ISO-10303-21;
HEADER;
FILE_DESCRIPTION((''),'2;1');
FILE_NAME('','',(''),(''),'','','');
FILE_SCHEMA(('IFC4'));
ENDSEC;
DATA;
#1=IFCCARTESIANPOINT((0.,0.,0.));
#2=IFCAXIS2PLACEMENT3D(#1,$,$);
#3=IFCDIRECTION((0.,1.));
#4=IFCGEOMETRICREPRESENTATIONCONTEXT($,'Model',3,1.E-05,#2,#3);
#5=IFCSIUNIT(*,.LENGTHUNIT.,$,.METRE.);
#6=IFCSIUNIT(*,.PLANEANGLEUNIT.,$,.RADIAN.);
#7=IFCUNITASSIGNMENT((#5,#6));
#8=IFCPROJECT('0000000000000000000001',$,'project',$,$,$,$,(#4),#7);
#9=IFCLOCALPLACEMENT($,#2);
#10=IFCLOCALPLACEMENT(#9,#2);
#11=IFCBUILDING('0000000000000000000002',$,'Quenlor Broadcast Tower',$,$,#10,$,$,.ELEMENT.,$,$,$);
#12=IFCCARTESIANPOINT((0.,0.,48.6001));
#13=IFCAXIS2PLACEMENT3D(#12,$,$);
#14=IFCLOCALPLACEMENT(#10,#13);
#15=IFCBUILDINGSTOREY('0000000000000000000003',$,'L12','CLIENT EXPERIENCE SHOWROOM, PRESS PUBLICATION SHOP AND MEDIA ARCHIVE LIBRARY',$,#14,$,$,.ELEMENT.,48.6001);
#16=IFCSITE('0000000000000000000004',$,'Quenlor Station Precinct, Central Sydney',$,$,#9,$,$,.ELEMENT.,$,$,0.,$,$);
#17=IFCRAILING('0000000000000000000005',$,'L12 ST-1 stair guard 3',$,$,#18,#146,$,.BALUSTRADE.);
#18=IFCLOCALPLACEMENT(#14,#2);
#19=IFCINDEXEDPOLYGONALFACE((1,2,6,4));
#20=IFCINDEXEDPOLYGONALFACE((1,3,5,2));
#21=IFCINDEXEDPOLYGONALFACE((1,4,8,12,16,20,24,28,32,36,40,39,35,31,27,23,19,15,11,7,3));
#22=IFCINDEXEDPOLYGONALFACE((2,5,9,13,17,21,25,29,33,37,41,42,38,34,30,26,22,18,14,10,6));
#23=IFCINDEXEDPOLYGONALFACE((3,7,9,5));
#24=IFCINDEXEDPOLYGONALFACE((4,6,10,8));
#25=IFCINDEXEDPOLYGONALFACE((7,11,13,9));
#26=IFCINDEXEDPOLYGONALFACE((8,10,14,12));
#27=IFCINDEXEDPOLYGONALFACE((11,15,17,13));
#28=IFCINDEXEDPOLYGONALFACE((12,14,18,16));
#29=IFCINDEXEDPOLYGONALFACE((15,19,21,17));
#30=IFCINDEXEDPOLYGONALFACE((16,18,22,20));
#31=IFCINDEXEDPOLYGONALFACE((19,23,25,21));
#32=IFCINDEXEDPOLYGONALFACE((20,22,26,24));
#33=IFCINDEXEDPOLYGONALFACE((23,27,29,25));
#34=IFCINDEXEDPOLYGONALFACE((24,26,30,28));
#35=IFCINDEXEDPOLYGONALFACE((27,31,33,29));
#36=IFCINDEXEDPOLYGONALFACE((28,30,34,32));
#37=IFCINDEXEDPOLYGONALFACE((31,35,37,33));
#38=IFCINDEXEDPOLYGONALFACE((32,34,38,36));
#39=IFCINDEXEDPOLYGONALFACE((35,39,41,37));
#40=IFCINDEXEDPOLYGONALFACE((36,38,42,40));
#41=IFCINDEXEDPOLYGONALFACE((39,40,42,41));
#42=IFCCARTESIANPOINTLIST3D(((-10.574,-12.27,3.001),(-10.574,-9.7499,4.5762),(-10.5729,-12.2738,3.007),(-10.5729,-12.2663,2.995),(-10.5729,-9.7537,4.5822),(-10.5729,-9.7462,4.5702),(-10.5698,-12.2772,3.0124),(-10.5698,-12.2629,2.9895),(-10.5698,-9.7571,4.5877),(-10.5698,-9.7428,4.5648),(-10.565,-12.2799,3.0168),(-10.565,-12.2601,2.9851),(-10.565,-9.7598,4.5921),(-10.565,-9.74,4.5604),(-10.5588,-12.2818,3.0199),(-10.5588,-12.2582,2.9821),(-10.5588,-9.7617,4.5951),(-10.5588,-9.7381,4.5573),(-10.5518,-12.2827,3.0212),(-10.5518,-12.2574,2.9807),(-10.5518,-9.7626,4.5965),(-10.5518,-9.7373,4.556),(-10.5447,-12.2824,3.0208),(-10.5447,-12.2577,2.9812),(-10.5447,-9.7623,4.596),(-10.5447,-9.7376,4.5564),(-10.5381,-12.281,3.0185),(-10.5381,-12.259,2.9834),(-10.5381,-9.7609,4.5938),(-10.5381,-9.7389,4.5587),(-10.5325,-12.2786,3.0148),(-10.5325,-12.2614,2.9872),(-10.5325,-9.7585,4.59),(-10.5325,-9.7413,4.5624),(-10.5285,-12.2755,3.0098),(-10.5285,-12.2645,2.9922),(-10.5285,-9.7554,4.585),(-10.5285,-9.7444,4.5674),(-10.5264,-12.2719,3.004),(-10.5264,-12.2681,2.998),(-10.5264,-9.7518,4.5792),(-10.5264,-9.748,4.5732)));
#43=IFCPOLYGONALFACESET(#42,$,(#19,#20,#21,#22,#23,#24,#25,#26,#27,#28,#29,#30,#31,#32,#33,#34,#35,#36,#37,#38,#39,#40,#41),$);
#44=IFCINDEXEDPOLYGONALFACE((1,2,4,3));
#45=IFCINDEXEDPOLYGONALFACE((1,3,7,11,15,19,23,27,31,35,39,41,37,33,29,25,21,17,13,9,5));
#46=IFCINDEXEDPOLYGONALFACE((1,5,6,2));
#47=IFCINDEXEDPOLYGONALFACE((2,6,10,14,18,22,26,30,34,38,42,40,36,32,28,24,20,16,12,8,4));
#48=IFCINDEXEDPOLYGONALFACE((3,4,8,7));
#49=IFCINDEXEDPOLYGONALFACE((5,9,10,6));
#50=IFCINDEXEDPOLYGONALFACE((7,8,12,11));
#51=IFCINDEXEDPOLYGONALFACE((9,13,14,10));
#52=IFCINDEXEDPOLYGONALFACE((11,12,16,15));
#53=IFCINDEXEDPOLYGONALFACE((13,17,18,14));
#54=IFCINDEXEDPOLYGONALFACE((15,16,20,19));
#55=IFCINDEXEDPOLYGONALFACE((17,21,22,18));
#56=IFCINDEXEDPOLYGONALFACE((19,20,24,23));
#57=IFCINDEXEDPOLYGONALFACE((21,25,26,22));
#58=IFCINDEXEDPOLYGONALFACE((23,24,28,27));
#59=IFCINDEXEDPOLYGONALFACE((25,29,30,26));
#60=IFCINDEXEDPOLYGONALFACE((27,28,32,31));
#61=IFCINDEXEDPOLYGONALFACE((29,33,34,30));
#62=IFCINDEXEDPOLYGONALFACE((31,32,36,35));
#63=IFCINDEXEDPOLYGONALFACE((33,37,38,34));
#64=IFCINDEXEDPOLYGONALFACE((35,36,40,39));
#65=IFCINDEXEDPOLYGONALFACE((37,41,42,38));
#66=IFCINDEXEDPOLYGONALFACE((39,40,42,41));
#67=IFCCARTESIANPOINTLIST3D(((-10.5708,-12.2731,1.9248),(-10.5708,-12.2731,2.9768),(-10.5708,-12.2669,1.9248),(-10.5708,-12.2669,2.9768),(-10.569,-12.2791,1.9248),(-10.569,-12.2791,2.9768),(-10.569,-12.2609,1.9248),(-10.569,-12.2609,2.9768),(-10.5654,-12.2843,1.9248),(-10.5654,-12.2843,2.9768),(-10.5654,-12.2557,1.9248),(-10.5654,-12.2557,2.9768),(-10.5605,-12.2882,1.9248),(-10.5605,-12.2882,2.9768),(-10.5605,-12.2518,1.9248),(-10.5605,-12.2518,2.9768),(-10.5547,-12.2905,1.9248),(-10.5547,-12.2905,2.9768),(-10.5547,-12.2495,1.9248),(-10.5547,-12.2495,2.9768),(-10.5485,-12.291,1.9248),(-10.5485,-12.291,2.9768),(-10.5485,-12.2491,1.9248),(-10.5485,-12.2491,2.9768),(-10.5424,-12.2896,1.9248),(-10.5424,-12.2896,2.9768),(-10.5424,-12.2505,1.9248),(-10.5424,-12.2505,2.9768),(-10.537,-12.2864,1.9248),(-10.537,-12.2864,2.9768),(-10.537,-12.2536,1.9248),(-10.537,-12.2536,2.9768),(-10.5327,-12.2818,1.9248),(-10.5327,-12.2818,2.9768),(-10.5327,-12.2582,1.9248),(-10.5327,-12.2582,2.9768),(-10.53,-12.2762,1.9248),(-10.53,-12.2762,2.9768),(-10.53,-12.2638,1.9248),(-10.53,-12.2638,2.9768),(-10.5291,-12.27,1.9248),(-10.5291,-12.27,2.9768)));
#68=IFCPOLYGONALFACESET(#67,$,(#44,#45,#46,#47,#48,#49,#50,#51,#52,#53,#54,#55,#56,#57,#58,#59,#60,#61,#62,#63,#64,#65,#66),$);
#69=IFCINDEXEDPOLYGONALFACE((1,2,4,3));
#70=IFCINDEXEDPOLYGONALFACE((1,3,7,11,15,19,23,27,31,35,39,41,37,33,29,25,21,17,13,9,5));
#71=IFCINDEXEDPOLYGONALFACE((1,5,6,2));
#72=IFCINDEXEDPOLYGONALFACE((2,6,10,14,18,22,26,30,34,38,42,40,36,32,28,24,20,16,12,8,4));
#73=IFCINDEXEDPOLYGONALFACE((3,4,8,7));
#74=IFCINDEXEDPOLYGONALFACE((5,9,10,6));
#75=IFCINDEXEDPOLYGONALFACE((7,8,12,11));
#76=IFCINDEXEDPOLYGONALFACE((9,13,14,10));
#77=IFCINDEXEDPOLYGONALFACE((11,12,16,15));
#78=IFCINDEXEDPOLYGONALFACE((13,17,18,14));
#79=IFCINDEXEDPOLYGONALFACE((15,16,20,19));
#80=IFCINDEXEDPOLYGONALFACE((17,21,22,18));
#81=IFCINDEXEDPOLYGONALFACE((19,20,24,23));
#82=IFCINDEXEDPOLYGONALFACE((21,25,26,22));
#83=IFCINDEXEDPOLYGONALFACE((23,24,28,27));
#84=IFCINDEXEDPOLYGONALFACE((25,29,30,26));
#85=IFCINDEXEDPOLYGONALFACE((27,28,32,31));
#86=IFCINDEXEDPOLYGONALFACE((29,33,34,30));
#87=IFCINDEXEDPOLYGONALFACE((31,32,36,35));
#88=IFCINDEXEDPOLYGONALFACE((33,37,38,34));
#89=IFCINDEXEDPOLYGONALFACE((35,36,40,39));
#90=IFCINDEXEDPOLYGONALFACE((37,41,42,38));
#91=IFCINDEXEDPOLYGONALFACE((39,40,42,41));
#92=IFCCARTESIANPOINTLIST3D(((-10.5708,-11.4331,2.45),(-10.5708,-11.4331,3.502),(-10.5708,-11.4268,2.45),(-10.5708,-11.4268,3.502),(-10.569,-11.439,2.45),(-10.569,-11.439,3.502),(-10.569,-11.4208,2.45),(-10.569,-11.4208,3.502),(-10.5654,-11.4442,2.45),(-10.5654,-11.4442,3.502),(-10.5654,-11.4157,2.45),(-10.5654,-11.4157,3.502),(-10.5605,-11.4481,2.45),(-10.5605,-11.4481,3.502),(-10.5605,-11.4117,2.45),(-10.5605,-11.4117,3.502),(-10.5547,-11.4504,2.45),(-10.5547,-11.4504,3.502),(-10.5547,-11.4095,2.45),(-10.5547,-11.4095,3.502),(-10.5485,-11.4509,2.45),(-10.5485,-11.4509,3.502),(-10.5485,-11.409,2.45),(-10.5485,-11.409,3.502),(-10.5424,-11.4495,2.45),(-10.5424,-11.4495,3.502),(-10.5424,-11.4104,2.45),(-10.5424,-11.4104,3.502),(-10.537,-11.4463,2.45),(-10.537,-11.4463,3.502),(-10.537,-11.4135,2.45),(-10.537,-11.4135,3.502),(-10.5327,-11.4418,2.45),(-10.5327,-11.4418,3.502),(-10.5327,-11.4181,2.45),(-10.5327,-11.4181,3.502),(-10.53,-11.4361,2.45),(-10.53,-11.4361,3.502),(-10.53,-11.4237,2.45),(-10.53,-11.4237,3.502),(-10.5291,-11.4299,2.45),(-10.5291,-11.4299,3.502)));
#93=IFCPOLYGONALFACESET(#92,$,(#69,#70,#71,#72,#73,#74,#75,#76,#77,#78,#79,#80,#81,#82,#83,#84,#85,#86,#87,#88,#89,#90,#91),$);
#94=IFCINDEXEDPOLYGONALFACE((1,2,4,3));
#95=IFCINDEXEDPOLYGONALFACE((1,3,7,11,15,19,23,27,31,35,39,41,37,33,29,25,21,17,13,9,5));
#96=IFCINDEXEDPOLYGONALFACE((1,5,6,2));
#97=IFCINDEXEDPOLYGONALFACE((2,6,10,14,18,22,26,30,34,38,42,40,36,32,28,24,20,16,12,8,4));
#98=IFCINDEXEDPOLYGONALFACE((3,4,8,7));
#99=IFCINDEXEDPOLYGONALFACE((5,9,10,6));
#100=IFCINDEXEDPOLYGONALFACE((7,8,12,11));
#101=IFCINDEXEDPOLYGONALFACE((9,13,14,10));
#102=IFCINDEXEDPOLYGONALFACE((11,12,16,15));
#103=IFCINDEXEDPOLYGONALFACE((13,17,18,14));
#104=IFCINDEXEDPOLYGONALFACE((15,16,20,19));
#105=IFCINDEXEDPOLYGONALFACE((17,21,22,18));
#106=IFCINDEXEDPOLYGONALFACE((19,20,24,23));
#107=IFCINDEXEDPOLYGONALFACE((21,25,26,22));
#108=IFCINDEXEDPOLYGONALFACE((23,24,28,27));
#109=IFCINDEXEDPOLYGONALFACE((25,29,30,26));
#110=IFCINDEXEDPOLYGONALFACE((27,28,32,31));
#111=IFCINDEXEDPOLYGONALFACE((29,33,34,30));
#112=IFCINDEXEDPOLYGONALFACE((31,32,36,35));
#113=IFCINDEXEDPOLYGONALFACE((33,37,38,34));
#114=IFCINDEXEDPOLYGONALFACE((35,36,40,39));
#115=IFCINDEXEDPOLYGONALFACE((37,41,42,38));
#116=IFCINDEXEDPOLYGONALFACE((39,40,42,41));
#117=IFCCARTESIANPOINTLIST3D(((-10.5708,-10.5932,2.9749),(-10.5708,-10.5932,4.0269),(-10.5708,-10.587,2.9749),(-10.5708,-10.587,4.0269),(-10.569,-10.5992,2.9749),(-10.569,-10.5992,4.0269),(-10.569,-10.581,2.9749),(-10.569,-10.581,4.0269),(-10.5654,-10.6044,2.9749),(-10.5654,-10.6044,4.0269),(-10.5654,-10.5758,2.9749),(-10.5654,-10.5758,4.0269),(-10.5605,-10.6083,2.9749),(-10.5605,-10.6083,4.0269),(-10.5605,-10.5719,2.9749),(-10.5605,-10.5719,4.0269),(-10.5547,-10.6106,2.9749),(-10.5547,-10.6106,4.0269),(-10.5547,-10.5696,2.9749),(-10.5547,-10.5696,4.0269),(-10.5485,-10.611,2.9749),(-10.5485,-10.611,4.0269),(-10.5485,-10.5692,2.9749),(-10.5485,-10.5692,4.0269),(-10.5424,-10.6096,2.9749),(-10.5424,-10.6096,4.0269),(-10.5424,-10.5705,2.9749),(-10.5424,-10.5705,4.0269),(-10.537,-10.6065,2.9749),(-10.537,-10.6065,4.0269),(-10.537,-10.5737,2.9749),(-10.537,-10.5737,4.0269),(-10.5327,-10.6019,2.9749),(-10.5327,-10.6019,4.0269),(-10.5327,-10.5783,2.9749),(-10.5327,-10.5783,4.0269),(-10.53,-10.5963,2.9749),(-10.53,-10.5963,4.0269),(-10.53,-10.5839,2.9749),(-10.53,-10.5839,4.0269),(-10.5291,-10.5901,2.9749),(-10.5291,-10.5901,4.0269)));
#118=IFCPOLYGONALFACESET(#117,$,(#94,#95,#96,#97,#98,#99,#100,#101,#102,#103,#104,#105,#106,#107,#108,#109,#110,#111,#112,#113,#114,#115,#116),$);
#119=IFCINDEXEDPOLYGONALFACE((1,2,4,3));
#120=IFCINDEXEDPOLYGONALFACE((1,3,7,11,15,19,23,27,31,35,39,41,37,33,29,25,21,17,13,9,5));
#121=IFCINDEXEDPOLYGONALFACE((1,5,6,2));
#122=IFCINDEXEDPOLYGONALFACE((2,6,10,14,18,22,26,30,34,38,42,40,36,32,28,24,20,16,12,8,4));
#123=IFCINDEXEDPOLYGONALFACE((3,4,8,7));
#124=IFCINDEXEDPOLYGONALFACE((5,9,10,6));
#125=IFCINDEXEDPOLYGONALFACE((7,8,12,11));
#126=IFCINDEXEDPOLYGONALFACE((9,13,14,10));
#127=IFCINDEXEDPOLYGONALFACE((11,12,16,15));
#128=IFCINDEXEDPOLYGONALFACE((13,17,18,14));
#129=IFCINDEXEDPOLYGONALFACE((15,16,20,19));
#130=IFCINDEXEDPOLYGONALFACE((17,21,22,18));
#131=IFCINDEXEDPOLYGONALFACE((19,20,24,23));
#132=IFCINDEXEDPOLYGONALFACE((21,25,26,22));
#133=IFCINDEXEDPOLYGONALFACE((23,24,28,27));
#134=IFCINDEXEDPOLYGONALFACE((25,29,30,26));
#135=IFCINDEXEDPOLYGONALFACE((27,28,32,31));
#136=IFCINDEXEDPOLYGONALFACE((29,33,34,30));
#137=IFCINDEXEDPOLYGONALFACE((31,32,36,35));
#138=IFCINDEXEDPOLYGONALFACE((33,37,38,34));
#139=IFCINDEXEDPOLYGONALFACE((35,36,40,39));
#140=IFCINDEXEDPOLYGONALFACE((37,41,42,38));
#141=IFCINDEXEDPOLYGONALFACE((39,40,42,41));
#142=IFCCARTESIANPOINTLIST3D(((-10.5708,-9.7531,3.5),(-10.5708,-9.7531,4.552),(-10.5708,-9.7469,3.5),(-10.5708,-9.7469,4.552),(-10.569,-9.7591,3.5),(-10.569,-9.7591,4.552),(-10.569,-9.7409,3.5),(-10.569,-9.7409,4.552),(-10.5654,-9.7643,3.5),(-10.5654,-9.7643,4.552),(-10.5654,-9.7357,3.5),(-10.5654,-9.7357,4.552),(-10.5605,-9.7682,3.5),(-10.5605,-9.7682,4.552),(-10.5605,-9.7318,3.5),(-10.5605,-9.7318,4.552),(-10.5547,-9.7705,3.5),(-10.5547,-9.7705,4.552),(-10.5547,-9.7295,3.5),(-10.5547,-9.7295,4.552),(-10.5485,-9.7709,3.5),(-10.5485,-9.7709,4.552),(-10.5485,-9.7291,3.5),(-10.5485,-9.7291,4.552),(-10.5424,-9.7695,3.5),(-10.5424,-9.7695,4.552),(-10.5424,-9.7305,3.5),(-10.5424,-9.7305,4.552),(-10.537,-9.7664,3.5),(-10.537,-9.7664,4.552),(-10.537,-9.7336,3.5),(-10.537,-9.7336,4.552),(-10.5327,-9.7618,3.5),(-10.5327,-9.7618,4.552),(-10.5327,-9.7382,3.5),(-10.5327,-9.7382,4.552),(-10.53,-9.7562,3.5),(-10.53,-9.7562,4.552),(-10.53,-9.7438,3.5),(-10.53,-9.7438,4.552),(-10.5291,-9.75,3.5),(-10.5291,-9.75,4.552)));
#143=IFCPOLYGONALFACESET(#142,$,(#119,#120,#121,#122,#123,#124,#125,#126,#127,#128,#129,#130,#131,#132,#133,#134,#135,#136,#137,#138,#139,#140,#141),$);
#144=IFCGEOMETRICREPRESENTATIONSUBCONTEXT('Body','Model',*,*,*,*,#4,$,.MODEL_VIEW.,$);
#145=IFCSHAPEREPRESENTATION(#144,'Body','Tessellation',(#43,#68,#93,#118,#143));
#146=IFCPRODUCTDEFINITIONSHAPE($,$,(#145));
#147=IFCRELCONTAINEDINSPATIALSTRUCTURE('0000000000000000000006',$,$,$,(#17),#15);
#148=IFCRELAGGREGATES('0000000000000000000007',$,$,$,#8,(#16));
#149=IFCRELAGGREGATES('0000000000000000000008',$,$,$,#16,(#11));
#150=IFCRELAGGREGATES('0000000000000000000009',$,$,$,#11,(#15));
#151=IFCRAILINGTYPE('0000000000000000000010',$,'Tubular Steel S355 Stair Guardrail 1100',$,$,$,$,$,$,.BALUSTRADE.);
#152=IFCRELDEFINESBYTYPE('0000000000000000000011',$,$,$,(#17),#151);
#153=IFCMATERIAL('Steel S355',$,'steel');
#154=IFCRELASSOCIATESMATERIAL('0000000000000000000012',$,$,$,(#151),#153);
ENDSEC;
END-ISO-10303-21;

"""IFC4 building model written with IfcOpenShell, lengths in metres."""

from ifc_helpers import new_model, si_unit, direction, frame, origin, origin_2d, place, context, subcontext, project, spatial, circle, extrude, material, type_object, element, save


model = new_model("IFC4")

# Units and contexts
model_context = context("Model", 3, precision=1e-05, world=origin(), true_north=direction((0.0, 1.0)))
body_context = subcontext(model_context, "Body", "Model", "MODEL_VIEW")
ifc_project = project(units=[si_unit("LENGTHUNIT", "METRE"), si_unit("PLANEANGLEUNIT", "RADIAN")], contexts=[model_context])

# Site, building, storey
site_placement = place(None, origin())
site = spatial("IfcSite", under=ifc_project, at=site_placement, Name="Quenlor Station Precinct, Central Sydney", CompositionType="ELEMENT", RefElevation=0.0)
building_placement = place(site_placement, origin())
building = spatial("IfcBuilding", under=site, at=building_placement, Name="Quenlor Broadcast Tower", CompositionType="ELEMENT")
storey_placement = place(building_placement, frame((0.0, 0.0, 48.6001)))
storey = spatial("IfcBuildingStorey", under=building, at=storey_placement, Name="L12", Description="CLIENT EXPERIENCE SHOWROOM, PRESS PUBLICATION SHOP AND MEDIA ARCHIVE LIBRARY", CompositionType="ELEMENT", Elevation=48.6001)

# Railing
ifc_material_1 = material(Name="Steel S355", Category="steel")
railing_type_1 = type_object("IfcRailingType", Name="Tubular Steel S355 Stair Guardrail 1100", PredefinedType="BALUSTRADE", material=ifc_material_1)
railing_1_placement = place(storey_placement, frame((-10.55, -12.27, 1.9248)))
element("IfcRailing", 1, at=railing_1_placement, inside=storey, type_object=railing_type_1, Name="L12 ST-1 stair guard 3", PredefinedType="BALUSTRADE", context=body_context, shape_type="SweptSolid", body=[
    extrude(circle(Radius=0.0239, at=origin_2d()), frame((0.0, 0.0, 1.0762), z_axis=(0.0, 0.847971, 0.530043), x_axis=(-1.0, 0.0, 0.0)), (0.0, 0.0, 1.0), 2.9719),
    extrude(circle(Radius=0.021, at=origin_2d()), origin(), (0.0, 0.0, 1.0), 1.052),
    extrude(circle(Radius=0.021, at=origin_2d()), frame((0.0, 0.8401, 0.5251)), (0.0, 0.0, 1.0), 1.052),
    extrude(circle(Radius=0.021, at=origin_2d()), frame((0.0, 1.6799, 1.05)), (0.0, 0.0, 1.0), 1.052),
    extrude(circle(Radius=0.021, at=origin_2d()), frame((0.0, 2.52, 1.5752)), (0.0, 0.0, 1.0), 1.052),
])

save(model, "model.ifc")
